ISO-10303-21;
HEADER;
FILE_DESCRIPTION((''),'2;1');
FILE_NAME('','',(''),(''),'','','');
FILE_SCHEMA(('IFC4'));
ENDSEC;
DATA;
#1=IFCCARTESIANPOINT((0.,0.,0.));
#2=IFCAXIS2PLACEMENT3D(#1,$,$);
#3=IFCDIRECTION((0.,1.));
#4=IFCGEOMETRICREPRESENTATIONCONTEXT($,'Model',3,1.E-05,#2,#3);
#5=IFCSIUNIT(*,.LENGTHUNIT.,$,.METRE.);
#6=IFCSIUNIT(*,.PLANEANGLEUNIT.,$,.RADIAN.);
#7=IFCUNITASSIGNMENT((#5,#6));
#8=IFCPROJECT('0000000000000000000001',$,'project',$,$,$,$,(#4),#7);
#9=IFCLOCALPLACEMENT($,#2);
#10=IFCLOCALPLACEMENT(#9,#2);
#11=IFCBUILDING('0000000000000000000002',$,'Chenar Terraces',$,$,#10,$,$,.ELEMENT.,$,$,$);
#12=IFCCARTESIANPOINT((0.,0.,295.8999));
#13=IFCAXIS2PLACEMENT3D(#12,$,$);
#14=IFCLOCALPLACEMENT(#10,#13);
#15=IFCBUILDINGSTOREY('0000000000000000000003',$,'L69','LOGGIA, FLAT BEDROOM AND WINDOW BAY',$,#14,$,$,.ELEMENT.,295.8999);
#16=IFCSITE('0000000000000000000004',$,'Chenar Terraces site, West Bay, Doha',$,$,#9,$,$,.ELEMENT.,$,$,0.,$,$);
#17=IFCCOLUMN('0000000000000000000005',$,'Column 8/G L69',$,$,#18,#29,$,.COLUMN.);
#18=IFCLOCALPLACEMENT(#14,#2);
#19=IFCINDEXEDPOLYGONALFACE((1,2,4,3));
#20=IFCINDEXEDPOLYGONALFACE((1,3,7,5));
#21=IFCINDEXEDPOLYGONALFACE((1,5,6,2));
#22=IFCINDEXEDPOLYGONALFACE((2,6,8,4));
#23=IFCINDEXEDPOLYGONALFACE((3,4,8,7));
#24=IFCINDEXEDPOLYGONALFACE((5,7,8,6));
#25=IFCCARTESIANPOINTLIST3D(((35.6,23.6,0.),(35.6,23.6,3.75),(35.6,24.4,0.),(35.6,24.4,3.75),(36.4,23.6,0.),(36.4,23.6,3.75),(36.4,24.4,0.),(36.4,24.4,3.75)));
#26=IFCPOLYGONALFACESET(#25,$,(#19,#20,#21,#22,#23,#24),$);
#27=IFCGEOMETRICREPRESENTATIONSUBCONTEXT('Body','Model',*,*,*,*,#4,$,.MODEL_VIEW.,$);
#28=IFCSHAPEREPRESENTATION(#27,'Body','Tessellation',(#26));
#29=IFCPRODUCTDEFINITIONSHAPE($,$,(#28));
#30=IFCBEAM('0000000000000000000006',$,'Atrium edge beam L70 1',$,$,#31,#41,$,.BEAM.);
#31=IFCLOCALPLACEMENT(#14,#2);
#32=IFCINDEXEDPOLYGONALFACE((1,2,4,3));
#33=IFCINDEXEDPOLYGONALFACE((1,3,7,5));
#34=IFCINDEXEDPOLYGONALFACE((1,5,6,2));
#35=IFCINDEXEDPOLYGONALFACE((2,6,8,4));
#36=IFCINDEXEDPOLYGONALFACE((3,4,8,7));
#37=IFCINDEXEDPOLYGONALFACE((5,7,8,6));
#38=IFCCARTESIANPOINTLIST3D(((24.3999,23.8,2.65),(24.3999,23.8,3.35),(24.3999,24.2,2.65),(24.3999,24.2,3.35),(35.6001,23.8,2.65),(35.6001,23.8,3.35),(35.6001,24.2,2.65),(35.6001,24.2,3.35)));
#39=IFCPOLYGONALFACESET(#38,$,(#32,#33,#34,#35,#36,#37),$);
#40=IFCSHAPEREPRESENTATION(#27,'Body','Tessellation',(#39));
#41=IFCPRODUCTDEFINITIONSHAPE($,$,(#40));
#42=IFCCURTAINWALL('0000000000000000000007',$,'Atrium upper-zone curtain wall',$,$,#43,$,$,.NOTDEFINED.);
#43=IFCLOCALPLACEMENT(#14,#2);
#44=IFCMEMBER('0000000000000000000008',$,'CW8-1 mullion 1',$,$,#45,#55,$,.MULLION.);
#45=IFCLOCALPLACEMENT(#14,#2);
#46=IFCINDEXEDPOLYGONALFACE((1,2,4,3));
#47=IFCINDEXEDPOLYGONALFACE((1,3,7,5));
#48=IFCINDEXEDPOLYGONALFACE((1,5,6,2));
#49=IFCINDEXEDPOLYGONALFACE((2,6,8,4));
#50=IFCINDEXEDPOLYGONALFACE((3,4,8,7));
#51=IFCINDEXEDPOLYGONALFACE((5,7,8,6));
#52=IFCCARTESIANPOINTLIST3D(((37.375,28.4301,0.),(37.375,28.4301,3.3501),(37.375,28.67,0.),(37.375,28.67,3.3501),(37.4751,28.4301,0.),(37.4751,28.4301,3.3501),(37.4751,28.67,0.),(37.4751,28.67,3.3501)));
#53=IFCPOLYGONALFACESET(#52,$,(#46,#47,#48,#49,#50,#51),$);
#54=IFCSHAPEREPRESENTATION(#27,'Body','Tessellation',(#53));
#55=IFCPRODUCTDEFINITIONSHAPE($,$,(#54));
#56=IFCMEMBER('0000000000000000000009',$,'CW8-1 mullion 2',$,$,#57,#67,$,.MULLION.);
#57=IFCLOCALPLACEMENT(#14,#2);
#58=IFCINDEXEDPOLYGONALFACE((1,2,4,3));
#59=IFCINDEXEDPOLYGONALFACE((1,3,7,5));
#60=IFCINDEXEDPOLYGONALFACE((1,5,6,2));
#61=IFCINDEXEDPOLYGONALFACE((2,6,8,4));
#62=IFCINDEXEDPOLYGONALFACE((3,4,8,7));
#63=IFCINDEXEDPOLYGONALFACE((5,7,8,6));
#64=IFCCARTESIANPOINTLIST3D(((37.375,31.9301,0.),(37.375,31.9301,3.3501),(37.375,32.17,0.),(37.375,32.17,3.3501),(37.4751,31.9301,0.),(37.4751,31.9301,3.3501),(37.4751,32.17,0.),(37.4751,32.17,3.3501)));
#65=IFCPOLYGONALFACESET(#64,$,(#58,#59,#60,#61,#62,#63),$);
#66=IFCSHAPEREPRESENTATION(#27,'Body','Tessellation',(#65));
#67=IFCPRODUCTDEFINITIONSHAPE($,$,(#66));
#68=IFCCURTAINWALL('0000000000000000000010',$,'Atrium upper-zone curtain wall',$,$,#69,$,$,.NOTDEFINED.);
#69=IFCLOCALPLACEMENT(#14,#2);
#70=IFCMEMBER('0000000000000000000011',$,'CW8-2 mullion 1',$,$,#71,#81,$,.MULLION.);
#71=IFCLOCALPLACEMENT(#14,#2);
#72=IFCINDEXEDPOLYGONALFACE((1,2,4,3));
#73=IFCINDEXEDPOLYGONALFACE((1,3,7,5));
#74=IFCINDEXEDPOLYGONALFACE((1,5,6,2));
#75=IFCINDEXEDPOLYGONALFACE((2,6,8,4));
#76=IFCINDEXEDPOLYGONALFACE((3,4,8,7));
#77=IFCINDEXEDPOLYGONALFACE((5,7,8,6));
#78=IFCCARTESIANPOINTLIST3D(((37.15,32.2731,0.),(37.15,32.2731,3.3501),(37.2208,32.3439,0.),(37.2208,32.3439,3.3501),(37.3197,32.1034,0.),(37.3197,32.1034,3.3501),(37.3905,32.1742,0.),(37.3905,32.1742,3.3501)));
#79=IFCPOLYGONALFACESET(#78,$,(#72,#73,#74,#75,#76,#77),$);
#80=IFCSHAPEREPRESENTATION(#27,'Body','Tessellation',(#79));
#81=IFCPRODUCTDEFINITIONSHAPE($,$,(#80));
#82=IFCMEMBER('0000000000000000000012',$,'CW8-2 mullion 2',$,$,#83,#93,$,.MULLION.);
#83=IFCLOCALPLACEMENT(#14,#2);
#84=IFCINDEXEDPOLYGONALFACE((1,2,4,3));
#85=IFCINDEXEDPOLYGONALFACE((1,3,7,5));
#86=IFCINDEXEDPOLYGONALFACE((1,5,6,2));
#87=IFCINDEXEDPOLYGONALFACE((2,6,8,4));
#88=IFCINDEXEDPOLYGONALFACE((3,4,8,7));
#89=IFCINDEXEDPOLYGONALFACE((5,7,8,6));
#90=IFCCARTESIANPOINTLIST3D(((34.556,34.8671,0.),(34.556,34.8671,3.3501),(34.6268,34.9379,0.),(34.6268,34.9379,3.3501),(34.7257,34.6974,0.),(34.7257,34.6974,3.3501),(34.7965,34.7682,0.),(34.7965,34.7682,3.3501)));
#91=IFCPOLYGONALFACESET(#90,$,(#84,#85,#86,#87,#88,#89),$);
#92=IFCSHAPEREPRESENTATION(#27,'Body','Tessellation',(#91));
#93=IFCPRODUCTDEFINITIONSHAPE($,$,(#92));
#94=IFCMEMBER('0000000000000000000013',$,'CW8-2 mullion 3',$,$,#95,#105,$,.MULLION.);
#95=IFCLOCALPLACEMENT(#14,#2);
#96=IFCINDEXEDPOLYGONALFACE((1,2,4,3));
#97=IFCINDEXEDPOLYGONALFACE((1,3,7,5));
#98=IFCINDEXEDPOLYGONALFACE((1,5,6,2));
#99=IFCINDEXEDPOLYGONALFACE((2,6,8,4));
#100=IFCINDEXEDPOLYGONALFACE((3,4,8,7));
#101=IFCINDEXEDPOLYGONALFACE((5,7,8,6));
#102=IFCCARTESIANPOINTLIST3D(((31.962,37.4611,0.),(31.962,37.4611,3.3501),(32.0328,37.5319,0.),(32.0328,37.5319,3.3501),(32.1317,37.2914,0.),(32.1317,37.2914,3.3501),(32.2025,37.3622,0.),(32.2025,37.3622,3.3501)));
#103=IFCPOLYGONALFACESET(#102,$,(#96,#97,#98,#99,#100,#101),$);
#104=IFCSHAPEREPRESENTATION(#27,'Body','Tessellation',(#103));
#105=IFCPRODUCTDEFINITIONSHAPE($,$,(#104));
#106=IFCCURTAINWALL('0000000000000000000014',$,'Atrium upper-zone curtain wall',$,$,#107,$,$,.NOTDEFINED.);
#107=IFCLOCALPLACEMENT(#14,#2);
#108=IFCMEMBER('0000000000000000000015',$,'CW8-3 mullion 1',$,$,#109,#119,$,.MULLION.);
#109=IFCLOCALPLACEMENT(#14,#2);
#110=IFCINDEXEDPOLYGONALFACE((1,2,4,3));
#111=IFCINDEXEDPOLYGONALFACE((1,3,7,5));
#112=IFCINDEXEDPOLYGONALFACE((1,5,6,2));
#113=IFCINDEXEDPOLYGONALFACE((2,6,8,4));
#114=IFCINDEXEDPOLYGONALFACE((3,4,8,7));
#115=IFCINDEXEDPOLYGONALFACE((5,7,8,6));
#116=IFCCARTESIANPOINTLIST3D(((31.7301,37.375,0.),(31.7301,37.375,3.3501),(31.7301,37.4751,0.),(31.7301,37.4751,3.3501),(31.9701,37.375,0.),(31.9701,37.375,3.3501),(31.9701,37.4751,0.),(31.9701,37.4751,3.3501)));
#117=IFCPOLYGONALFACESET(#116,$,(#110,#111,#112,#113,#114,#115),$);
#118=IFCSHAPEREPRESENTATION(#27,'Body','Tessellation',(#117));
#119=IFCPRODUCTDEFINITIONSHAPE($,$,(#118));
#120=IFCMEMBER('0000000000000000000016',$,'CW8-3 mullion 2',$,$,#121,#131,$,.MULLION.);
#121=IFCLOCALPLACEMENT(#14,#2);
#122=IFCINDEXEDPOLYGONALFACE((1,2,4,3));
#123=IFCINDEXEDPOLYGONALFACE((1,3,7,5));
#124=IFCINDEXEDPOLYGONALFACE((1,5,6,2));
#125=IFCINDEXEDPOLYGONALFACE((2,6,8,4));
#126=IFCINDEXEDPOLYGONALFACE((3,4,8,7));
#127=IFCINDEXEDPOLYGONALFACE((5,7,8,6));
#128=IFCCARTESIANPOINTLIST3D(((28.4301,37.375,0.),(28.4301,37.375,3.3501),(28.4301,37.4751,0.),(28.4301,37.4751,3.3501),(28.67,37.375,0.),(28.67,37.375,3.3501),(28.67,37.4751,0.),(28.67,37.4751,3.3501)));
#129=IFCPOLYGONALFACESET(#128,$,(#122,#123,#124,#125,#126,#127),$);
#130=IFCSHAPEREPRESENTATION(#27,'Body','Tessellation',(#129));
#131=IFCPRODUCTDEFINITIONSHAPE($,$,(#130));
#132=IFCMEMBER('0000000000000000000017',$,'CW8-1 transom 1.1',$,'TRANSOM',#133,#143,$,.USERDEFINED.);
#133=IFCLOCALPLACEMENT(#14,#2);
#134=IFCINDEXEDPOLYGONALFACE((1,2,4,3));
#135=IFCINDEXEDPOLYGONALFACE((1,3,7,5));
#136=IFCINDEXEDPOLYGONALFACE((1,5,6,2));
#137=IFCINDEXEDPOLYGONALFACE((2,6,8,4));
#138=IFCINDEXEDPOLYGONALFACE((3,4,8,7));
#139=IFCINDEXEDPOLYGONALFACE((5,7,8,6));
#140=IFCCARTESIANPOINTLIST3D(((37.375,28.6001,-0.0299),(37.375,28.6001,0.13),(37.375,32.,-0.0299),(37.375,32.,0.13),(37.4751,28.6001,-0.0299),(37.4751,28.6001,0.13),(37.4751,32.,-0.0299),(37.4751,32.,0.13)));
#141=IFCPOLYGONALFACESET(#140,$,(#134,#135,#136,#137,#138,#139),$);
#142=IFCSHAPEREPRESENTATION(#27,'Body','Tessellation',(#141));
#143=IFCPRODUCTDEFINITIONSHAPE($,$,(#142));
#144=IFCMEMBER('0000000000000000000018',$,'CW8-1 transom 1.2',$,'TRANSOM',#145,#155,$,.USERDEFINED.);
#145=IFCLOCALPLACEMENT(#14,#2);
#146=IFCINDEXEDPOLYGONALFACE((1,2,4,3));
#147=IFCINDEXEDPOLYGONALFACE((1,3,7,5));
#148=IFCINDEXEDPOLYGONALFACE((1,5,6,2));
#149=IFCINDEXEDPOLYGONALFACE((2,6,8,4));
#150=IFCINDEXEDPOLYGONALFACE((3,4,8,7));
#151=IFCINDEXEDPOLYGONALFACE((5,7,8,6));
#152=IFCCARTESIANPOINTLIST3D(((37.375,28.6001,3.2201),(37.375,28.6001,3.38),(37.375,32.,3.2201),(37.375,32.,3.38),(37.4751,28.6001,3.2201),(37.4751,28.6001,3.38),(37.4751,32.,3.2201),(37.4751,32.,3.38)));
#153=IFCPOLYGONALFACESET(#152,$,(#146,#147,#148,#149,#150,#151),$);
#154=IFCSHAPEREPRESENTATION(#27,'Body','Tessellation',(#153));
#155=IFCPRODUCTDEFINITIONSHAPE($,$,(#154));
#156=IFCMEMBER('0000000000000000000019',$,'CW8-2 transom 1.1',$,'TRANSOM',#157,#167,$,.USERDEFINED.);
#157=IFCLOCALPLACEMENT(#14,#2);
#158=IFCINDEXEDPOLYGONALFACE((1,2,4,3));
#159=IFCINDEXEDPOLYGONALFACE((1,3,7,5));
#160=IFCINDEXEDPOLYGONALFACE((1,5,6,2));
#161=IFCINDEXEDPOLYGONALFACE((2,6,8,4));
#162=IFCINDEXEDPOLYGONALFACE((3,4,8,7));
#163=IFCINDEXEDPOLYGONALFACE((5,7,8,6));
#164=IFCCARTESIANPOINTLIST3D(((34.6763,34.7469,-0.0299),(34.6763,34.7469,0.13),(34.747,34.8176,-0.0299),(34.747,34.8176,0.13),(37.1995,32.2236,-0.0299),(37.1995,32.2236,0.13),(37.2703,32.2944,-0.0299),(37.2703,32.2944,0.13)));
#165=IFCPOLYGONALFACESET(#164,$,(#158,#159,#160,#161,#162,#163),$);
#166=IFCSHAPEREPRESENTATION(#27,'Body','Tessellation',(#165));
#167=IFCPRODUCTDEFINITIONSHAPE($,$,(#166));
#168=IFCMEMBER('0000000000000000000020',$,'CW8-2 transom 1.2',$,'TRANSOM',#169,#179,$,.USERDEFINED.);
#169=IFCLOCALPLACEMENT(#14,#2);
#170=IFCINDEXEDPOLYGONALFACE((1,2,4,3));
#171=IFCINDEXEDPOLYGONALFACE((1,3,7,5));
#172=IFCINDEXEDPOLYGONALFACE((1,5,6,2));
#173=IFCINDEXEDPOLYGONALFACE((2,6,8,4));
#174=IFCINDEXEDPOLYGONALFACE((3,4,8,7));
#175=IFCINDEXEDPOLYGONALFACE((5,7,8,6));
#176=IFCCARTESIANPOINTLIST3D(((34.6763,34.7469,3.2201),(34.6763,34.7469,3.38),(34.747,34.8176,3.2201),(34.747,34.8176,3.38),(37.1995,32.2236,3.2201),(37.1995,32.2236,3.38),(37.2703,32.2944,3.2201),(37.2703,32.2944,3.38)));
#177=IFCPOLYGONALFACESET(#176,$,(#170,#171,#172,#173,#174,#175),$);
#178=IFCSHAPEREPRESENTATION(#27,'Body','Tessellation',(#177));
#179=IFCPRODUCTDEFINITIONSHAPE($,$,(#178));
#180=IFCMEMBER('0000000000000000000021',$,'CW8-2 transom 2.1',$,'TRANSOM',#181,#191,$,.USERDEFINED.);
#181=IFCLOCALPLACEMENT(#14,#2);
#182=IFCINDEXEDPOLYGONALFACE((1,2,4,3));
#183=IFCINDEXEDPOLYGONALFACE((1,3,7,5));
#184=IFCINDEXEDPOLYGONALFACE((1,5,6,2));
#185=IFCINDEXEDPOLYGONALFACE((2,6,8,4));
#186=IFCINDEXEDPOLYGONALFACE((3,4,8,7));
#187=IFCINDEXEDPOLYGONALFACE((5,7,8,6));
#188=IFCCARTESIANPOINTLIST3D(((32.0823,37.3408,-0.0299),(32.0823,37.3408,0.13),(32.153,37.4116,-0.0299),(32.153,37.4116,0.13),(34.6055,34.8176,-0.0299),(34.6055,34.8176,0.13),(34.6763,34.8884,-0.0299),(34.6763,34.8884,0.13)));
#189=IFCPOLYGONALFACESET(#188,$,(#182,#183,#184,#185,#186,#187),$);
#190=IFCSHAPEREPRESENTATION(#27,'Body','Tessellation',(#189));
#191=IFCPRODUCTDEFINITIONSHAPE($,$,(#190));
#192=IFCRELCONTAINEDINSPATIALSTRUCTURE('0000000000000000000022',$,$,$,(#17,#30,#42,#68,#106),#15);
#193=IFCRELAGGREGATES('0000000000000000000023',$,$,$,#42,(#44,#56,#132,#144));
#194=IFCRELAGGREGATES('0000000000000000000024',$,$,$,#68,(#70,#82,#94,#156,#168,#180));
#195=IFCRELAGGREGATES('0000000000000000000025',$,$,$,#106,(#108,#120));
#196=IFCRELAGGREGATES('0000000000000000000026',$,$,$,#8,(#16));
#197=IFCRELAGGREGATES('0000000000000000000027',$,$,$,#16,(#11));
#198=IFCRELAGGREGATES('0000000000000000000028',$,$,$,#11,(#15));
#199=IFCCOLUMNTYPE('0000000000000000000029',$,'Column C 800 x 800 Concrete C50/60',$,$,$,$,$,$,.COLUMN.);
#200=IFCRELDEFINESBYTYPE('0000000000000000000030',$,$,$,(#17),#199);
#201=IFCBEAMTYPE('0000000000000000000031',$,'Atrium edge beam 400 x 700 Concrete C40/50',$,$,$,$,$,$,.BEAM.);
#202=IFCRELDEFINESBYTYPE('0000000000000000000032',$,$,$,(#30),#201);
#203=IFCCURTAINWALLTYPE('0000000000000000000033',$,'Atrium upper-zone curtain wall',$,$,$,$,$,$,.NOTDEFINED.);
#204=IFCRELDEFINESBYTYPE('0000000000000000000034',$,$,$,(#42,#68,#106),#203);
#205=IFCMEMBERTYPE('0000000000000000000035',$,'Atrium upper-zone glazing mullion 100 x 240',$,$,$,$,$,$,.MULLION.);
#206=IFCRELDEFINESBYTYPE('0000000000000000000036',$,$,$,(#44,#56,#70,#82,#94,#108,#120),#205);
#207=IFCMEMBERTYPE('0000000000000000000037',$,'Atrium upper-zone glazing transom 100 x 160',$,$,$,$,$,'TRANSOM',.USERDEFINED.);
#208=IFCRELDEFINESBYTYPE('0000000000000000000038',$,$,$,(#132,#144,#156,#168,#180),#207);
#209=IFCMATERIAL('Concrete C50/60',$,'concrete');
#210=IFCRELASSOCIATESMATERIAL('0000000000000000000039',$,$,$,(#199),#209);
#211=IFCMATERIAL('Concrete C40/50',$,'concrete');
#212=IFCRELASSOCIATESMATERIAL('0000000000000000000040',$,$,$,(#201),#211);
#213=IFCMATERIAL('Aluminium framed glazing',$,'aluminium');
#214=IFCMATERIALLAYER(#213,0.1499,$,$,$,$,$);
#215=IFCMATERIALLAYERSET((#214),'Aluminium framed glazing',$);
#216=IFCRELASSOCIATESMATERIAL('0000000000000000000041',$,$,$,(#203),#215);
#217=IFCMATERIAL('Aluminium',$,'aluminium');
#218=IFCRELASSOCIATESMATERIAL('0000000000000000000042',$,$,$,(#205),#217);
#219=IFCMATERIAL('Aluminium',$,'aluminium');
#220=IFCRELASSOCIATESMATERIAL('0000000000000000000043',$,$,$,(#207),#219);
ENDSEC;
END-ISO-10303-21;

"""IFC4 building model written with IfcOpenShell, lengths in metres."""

from ifc_helpers import new_model, si_unit, direction, frame, origin, origin_2d, place, context, subcontext, project, spatial, rectangle, extrude, material, layer, layer_set, material_profile, profile_set, type_object, element, aggregate, save


model = new_model("IFC4")

# Units and contexts
model_context = context("Model", 3, precision=1e-05, world=origin(), true_north=direction((0.0, 1.0)))
body_context = subcontext(model_context, "Body", "Model", "MODEL_VIEW")
ifc_project = project(units=[si_unit("LENGTHUNIT", "METRE"), si_unit("PLANEANGLEUNIT", "RADIAN")], contexts=[model_context])

# Site, building, storey
site_placement = place(None, origin())
site = spatial("IfcSite", under=ifc_project, at=site_placement, Name="Chenar Terraces site, West Bay, Doha", CompositionType="ELEMENT", RefElevation=0.0)
building_placement = place(site_placement, origin())
building = spatial("IfcBuilding", under=site, at=building_placement, Name="Chenar Terraces", CompositionType="ELEMENT")
storey_placement = place(building_placement, frame((0.0, 0.0, 295.8999)))
storey = spatial("IfcBuildingStorey", under=building, at=storey_placement, Name="L69", Description="LOGGIA, FLAT BEDROOM AND WINDOW BAY", CompositionType="ELEMENT", Elevation=295.8999)

# Column
ifc_material_1 = material(Name="Concrete C50/60", Category="concrete")
ifc_material_profile_1 = material_profile(ifc_material_1, rectangle(XDim=0.8, YDim=0.8, at=origin_2d()), Name="C 800 x 800")
ifc_profile_set_1 = profile_set([ifc_material_profile_1], Name="Concrete C50/60")
column_type = type_object("IfcColumnType", Name="Column C 800 x 800 Concrete C50/60", PredefinedType="COLUMN", material=ifc_profile_set_1)
column_placement = place(storey_placement, frame((36.0, 24.0, 0.0), z_axis=(0.0, 0.0, 1.0), x_axis=(1.0, 0.0, 0.0)))
element("IfcColumn", 1, at=column_placement, inside=storey, type_object=column_type, Name="Column 8/G L69", PredefinedType="COLUMN", context=body_context, shape_type="SweptSolid", body=[
    extrude(rectangle(XDim=0.8, YDim=0.8, at=origin_2d()), origin(), (0.0, 0.0, 1.0), 3.75),
])

# Beam
ifc_material_2 = material(Name="Concrete C40/50", Category="concrete")
ifc_material_profile_2 = material_profile(ifc_material_2, rectangle(XDim=0.3999, YDim=0.7, at=origin_2d()), Name="RC 400 x 700")
ifc_profile_set_2 = profile_set([ifc_material_profile_2], Name="Concrete C40/50")
beam_type = type_object("IfcBeamType", Name="Atrium edge beam 400 x 700 Concrete C40/50", PredefinedType="BEAM", material=ifc_profile_set_2)
beam_placement = place(storey_placement, frame((24.3999, 24.0, 3.0), z_axis=(1.0, 0.0, 0.0), x_axis=(0.0, 1.0, 0.0)))
element("IfcBeam", 2, at=beam_placement, inside=storey, type_object=beam_type, Name="Atrium edge beam L70 1", PredefinedType="BEAM", context=body_context, shape_type="SweptSolid", body=[
    extrude(rectangle(XDim=0.3999, YDim=0.7, at=origin_2d()), origin(), (0.0, 0.0, 1.0), 11.2002),
])

# Curtain walls, members
ifc_material_3 = material(Name="Aluminium framed glazing", Category="aluminium")
ifc_layer_1 = layer(ifc_material_3, 0.1499)
ifc_layer_set_1 = layer_set([ifc_layer_1], Name="Aluminium framed glazing")
curtain_wall_type = type_object("IfcCurtainWallType", Name="Atrium upper-zone curtain wall", PredefinedType="NOTDEFINED", material=ifc_layer_set_1)
placement = place(storey_placement, origin())
curtain_wall_1 = element("IfcCurtainWall", 3, at=placement, inside=storey, type_object=curtain_wall_type, Name="Atrium upper-zone curtain wall", PredefinedType="NOTDEFINED")
ifc_material_4 = material(Name="Aluminium", Category="aluminium")
ifc_material_profile_3 = material_profile(ifc_material_4, rectangle(XDim=0.1001, YDim=0.24, at=origin_2d()), Name="Atrium upper-zone glazing mullion 100 x 240")
ifc_profile_set_3 = profile_set([ifc_material_profile_3], Name="Aluminium")
member_type_1 = type_object("IfcMemberType", Name="Atrium upper-zone glazing mullion 100 x 240", PredefinedType="MULLION", material=ifc_profile_set_3)
member_1_placement = place(storey_placement, frame((37.425, 28.55, 0.0), z_axis=(0.0, 0.0, 1.0), x_axis=(-1.0, 0.0, 0.0)))
member_1 = element("IfcMember", 4, at=member_1_placement, type_object=member_type_1, Name="CW8-1 mullion 1", PredefinedType="MULLION", context=body_context, shape_type="SweptSolid", body=[
    extrude(rectangle(XDim=0.1001, YDim=0.24, at=origin_2d()), origin(), (0.0, 0.0, 1.0), 3.3501),
])
member_2_placement = place(storey_placement, frame((37.425, 32.05, 0.0), z_axis=(0.0, 0.0, 1.0), x_axis=(-1.0, 0.0, 0.0)))
member_2 = element("IfcMember", 5, at=member_2_placement, type_object=member_type_1, Name="CW8-1 mullion 2", PredefinedType="MULLION", context=body_context, shape_type="SweptSolid", body=[
    extrude(rectangle(XDim=0.1001, YDim=0.24, at=origin_2d()), origin(), (0.0, 0.0, 1.0), 3.3501),
])
curtain_wall_2 = element("IfcCurtainWall", 6, at=placement, inside=storey, type_object=curtain_wall_type, Name="Atrium upper-zone curtain wall", PredefinedType="NOTDEFINED")
member_3_placement = place(storey_placement, frame((37.2703, 32.2236, 0.0), z_axis=(0.0, 0.0, 1.0), x_axis=(-0.707107, -0.707107, 0.0)))
member_3 = element("IfcMember", 7, at=member_3_placement, type_object=member_type_1, Name="CW8-2 mullion 1", PredefinedType="MULLION", context=body_context, shape_type="SweptSolid", body=[
    extrude(rectangle(XDim=0.1001, YDim=0.24, at=origin_2d()), origin(), (0.0, 0.0, 1.0), 3.3501),
])
member_4_placement = place(storey_placement, frame((34.6763, 34.8176, 0.0), z_axis=(0.0, 0.0, 1.0), x_axis=(-0.707107, -0.707107, 0.0)))
member_4 = element("IfcMember", 8, at=member_4_placement, type_object=member_type_1, Name="CW8-2 mullion 2", PredefinedType="MULLION", context=body_context, shape_type="SweptSolid", body=[
    extrude(rectangle(XDim=0.1001, YDim=0.24, at=origin_2d()), origin(), (0.0, 0.0, 1.0), 3.3501),
])
member_5_placement = place(storey_placement, frame((32.0823, 37.4116, 0.0), z_axis=(0.0, 0.0, 1.0), x_axis=(-0.707107, -0.707107, 0.0)))
member_5 = element("IfcMember", 9, at=member_5_placement, type_object=member_type_1, Name="CW8-2 mullion 3", PredefinedType="MULLION", context=body_context, shape_type="SweptSolid", body=[
    extrude(rectangle(XDim=0.1001, YDim=0.24, at=origin_2d()), origin(), (0.0, 0.0, 1.0), 3.3501),
])
curtain_wall_3 = element("IfcCurtainWall", 10, at=placement, inside=storey, type_object=curtain_wall_type, Name="Atrium upper-zone curtain wall", PredefinedType="NOTDEFINED")
member_6_placement = place(storey_placement, frame((31.8501, 37.425, 0.0), z_axis=(0.0, 0.0, 1.0), x_axis=(0.0, -1.0, 0.0)))
member_6 = element("IfcMember", 11, at=member_6_placement, type_object=member_type_1, Name="CW8-3 mullion 1", PredefinedType="MULLION", context=body_context, shape_type="SweptSolid", body=[
    extrude(rectangle(XDim=0.1001, YDim=0.24, at=origin_2d()), origin(), (0.0, 0.0, 1.0), 3.3501),
])
member_7_placement = place(storey_placement, frame((28.55, 37.425, 0.0), z_axis=(0.0, 0.0, 1.0), x_axis=(0.0, -1.0, 0.0)))
member_7 = element("IfcMember", 12, at=member_7_placement, type_object=member_type_1, Name="CW8-3 mullion 2", PredefinedType="MULLION", context=body_context, shape_type="SweptSolid", body=[
    extrude(rectangle(XDim=0.1001, YDim=0.24, at=origin_2d()), origin(), (0.0, 0.0, 1.0), 3.3501),
])

# Members
ifc_material_5 = material(Name="Aluminium", Category="aluminium")
ifc_material_profile_4 = material_profile(ifc_material_5, rectangle(XDim=0.1001, YDim=0.1599, at=origin_2d()), Name="Atrium upper-zone glazing transom 100 x 160")
ifc_profile_set_4 = profile_set([ifc_material_profile_4], Name="Aluminium")
member_type_2 = type_object("IfcMemberType", Name="Atrium upper-zone glazing transom 100 x 160", ElementType="TRANSOM", PredefinedType="USERDEFINED", material=ifc_profile_set_4)
member_8_placement = place(storey_placement, frame((37.425, 28.6001, 0.05), z_axis=(0.0, 1.0, 0.0), x_axis=(-1.0, 0.0, 0.0)))
member_8 = element("IfcMember", 13, at=member_8_placement, type_object=member_type_2, Name="CW8-1 transom 1.1", ObjectType="TRANSOM", PredefinedType="USERDEFINED", context=body_context, shape_type="SweptSolid", body=[
    extrude(rectangle(XDim=0.1001, YDim=0.1599, at=origin_2d()), origin(), (0.0, 0.0, 1.0), 3.3999),
])
member_9_placement = place(storey_placement, frame((37.425, 28.6001, 3.3), z_axis=(0.0, 1.0, 0.0), x_axis=(-1.0, 0.0, 0.0)))
member_9 = element("IfcMember", 14, at=member_9_placement, type_object=member_type_2, Name="CW8-1 transom 1.2", ObjectType="TRANSOM", PredefinedType="USERDEFINED", context=body_context, shape_type="SweptSolid", body=[
    extrude(rectangle(XDim=0.1001, YDim=0.1599, at=origin_2d()), origin(), (0.0, 0.0, 1.0), 3.3999),
])
member_10_placement = place(storey_placement, frame((37.2349, 32.259, 0.05), z_axis=(-0.707107, 0.707107, 0.0), x_axis=(-0.707107, -0.707107, 0.0)))
member_10 = element("IfcMember", 15, at=member_10_placement, type_object=member_type_2, Name="CW8-2 transom 1.1", ObjectType="TRANSOM", PredefinedType="USERDEFINED", context=body_context, shape_type="SweptSolid", body=[
    extrude(rectangle(XDim=0.1001, YDim=0.1599, at=origin_2d()), origin(), (0.0, 0.0, 1.0), 3.5684),
])
member_11_placement = place(storey_placement, frame((37.2349, 32.259, 3.3), z_axis=(-0.707107, 0.707107, 0.0), x_axis=(-0.707107, -0.707107, 0.0)))
member_11 = element("IfcMember", 16, at=member_11_placement, type_object=member_type_2, Name="CW8-2 transom 1.2", ObjectType="TRANSOM", PredefinedType="USERDEFINED", context=body_context, shape_type="SweptSolid", body=[
    extrude(rectangle(XDim=0.1001, YDim=0.1599, at=origin_2d()), origin(), (0.0, 0.0, 1.0), 3.5684),
])
member_12_placement = place(storey_placement, frame((34.6409, 34.853, 0.05), z_axis=(-0.707107, 0.707107, 0.0), x_axis=(-0.707107, -0.707107, 0.0)))
member_12 = element("IfcMember", 17, at=member_12_placement, type_object=member_type_2, Name="CW8-2 transom 2.1", ObjectType="TRANSOM", PredefinedType="USERDEFINED", context=body_context, shape_type="SweptSolid", body=[
    extrude(rectangle(XDim=0.1001, YDim=0.1599, at=origin_2d()), origin(), (0.0, 0.0, 1.0), 3.5684),
])

aggregate(curtain_wall_1, [member_1, member_2, member_8, member_9])
aggregate(curtain_wall_2, [member_3, member_4, member_5, member_10, member_11, member_12])
aggregate(curtain_wall_3, [member_6, member_7])

save(model, "model.ifc")
